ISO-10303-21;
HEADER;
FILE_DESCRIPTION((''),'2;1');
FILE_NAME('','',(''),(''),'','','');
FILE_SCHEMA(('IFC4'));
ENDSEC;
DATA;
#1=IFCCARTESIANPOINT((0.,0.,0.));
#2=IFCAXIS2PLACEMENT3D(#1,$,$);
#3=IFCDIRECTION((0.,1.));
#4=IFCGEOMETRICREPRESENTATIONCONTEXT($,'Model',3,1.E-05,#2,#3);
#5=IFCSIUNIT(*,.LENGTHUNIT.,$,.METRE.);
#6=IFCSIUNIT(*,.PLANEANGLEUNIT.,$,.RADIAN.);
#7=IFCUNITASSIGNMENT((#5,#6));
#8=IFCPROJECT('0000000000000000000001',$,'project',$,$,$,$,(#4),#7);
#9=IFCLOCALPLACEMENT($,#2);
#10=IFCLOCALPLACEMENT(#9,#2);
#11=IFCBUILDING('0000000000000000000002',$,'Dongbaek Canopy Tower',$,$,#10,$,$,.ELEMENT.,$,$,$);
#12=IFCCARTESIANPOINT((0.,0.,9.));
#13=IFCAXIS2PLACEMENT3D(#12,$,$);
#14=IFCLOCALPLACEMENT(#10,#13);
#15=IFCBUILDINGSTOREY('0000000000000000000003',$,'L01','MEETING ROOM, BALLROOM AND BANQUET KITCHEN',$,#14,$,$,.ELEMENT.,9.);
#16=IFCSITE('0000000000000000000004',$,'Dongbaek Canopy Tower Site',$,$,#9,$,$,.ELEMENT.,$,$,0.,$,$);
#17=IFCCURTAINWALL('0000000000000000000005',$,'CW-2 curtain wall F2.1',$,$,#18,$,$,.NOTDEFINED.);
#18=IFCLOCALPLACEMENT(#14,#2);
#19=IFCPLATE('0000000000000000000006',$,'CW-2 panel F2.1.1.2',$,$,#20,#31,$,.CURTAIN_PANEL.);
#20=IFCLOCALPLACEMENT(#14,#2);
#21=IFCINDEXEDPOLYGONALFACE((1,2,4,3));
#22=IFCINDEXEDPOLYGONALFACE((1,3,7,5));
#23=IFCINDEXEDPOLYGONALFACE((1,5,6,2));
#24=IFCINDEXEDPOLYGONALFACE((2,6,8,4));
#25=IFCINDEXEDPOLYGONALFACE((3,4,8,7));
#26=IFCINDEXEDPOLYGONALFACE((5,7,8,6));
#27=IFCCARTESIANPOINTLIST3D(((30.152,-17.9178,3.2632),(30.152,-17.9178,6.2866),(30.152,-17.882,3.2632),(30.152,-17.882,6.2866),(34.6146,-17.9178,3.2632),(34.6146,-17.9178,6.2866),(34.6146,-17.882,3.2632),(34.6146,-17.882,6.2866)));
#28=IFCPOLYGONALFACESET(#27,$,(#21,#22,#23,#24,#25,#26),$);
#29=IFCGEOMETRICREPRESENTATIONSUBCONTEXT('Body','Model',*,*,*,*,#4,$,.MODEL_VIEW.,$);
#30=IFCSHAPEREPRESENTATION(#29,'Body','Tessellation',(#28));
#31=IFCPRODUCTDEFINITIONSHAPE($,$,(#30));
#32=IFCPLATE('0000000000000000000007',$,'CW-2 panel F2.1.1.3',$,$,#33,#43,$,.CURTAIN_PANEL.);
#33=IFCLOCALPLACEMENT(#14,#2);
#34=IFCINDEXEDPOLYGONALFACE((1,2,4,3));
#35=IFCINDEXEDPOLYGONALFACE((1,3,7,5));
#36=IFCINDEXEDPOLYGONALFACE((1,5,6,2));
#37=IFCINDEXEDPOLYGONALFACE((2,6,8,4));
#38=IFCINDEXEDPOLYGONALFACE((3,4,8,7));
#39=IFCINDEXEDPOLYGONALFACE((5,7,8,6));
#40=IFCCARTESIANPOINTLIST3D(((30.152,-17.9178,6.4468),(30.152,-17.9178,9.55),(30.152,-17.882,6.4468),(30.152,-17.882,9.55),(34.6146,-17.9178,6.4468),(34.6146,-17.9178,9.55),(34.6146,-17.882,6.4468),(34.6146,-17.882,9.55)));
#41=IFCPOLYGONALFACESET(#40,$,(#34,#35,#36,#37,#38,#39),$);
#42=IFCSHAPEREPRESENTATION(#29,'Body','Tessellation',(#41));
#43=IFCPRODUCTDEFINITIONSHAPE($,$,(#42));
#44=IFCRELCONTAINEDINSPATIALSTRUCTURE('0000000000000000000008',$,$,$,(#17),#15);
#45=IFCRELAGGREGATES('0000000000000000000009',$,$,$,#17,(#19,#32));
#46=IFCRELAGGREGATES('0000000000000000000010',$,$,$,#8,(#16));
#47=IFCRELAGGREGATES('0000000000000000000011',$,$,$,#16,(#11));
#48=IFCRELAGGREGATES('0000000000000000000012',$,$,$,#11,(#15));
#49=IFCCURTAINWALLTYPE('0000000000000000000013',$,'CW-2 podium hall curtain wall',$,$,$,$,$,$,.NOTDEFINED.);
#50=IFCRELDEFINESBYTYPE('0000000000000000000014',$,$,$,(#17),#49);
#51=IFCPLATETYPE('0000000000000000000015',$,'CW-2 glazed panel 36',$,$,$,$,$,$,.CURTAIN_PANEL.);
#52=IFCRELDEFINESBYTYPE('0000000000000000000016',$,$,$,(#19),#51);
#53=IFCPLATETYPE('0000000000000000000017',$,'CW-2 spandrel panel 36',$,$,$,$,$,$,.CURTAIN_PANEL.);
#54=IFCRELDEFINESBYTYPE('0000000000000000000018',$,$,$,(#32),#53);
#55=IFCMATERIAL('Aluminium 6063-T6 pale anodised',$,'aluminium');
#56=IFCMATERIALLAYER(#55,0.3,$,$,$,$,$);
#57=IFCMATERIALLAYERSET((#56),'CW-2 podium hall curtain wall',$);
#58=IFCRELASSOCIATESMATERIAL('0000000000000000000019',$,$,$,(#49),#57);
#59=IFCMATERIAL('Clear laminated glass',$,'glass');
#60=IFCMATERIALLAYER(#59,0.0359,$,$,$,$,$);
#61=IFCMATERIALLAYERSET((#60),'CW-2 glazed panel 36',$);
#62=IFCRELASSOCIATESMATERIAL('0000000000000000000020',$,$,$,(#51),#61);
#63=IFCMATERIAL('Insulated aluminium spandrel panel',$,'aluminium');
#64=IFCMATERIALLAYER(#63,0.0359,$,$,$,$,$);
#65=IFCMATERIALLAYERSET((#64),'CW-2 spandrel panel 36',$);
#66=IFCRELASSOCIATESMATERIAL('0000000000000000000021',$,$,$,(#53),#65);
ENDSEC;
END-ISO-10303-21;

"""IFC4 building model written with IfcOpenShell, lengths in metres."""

from ifc_helpers import new_model, si_unit, direction, frame, origin, origin_2d, place, context, subcontext, project, spatial, rectangle, extrude, material, layer, layer_set, type_object, element, aggregate, save


model = new_model("IFC4")

# Units and contexts
model_context = context("Model", 3, precision=1e-05, world=origin(), true_north=direction((0.0, 1.0)))
body_context = subcontext(model_context, "Body", "Model", "MODEL_VIEW")
ifc_project = project(units=[si_unit("LENGTHUNIT", "METRE"), si_unit("PLANEANGLEUNIT", "RADIAN")], contexts=[model_context])

# Site, building, storey
site_placement = place(None, origin())
site = spatial("IfcSite", under=ifc_project, at=site_placement, Name="Dongbaek Canopy Tower Site", CompositionType="ELEMENT", RefElevation=0.0)
building_placement = place(site_placement, origin())
building = spatial("IfcBuilding", under=site, at=building_placement, Name="Dongbaek Canopy Tower", CompositionType="ELEMENT")
storey_placement = place(building_placement, frame((0.0, 0.0, 9.0)))
storey = spatial("IfcBuildingStorey", under=building, at=storey_placement, Name="L01", Description="MEETING ROOM, BALLROOM AND BANQUET KITCHEN", CompositionType="ELEMENT", Elevation=9.0)

# Shared definitions
ifc_material_1 = material(Name="Aluminium 6063-T6 pale anodised", Category="aluminium")
ifc_layer_1 = layer(ifc_material_1, 0.3)
ifc_layer_set_1 = layer_set([ifc_layer_1], Name="CW-2 podium hall curtain wall")
curtain_wall_type = type_object("IfcCurtainWallType", Name="CW-2 podium hall curtain wall", PredefinedType="NOTDEFINED", material=ifc_layer_set_1)

# Curtain wall
curtain_wall_1_placement = place(storey_placement, origin())
curtain_wall_1 = element("IfcCurtainWall", 1, at=curtain_wall_1_placement, inside=storey, type_object=curtain_wall_type, Name="CW-2 curtain wall F2.1", PredefinedType="NOTDEFINED")

# Plates
ifc_material_2 = material(Name="Clear laminated glass", Category="glass")
ifc_layer_2 = layer(ifc_material_2, 0.0359)
ifc_layer_set_2 = layer_set([ifc_layer_2], Name="CW-2 glazed panel 36")
plate_type_1 = type_object("IfcPlateType", Name="CW-2 glazed panel 36", PredefinedType="CURTAIN_PANEL", material=ifc_layer_set_2)
plate_1_placement = place(storey_placement, frame((32.3833, -17.8999, 3.2632), z_axis=(0.0, 0.0, 1.0), x_axis=(1.0, 0.0, 0.0)))
plate_1 = element("IfcPlate", 2, at=plate_1_placement, type_object=plate_type_1, Name="CW-2 panel F2.1.1.2", PredefinedType="CURTAIN_PANEL", context=body_context, shape_type="SweptSolid", body=[
    extrude(rectangle(XDim=4.4626, YDim=0.0359, at=origin_2d()), origin(), (0.0, 0.0, 1.0), 3.0234),
])
ifc_material_3 = material(Name="Insulated aluminium spandrel panel", Category="aluminium")
ifc_layer_3 = layer(ifc_material_3, 0.0359)
ifc_layer_set_3 = layer_set([ifc_layer_3], Name="CW-2 spandrel panel 36")
plate_type_2 = type_object("IfcPlateType", Name="CW-2 spandrel panel 36", PredefinedType="CURTAIN_PANEL", material=ifc_layer_set_3)
plate_2_placement = place(storey_placement, frame((32.3833, -17.8999, 6.4468), z_axis=(0.0, 0.0, 1.0), x_axis=(1.0, 0.0, 0.0)))
plate_2 = element("IfcPlate", 3, at=plate_2_placement, type_object=plate_type_2, Name="CW-2 panel F2.1.1.3", PredefinedType="CURTAIN_PANEL", context=body_context, shape_type="SweptSolid", body=[
    extrude(rectangle(XDim=4.4626, YDim=0.0359, at=origin_2d()), origin(), (0.0, 0.0, 1.0), 3.1033),
])
aggregate(curtain_wall_1, [plate_1, plate_2])

save(model, "model.ifc")
